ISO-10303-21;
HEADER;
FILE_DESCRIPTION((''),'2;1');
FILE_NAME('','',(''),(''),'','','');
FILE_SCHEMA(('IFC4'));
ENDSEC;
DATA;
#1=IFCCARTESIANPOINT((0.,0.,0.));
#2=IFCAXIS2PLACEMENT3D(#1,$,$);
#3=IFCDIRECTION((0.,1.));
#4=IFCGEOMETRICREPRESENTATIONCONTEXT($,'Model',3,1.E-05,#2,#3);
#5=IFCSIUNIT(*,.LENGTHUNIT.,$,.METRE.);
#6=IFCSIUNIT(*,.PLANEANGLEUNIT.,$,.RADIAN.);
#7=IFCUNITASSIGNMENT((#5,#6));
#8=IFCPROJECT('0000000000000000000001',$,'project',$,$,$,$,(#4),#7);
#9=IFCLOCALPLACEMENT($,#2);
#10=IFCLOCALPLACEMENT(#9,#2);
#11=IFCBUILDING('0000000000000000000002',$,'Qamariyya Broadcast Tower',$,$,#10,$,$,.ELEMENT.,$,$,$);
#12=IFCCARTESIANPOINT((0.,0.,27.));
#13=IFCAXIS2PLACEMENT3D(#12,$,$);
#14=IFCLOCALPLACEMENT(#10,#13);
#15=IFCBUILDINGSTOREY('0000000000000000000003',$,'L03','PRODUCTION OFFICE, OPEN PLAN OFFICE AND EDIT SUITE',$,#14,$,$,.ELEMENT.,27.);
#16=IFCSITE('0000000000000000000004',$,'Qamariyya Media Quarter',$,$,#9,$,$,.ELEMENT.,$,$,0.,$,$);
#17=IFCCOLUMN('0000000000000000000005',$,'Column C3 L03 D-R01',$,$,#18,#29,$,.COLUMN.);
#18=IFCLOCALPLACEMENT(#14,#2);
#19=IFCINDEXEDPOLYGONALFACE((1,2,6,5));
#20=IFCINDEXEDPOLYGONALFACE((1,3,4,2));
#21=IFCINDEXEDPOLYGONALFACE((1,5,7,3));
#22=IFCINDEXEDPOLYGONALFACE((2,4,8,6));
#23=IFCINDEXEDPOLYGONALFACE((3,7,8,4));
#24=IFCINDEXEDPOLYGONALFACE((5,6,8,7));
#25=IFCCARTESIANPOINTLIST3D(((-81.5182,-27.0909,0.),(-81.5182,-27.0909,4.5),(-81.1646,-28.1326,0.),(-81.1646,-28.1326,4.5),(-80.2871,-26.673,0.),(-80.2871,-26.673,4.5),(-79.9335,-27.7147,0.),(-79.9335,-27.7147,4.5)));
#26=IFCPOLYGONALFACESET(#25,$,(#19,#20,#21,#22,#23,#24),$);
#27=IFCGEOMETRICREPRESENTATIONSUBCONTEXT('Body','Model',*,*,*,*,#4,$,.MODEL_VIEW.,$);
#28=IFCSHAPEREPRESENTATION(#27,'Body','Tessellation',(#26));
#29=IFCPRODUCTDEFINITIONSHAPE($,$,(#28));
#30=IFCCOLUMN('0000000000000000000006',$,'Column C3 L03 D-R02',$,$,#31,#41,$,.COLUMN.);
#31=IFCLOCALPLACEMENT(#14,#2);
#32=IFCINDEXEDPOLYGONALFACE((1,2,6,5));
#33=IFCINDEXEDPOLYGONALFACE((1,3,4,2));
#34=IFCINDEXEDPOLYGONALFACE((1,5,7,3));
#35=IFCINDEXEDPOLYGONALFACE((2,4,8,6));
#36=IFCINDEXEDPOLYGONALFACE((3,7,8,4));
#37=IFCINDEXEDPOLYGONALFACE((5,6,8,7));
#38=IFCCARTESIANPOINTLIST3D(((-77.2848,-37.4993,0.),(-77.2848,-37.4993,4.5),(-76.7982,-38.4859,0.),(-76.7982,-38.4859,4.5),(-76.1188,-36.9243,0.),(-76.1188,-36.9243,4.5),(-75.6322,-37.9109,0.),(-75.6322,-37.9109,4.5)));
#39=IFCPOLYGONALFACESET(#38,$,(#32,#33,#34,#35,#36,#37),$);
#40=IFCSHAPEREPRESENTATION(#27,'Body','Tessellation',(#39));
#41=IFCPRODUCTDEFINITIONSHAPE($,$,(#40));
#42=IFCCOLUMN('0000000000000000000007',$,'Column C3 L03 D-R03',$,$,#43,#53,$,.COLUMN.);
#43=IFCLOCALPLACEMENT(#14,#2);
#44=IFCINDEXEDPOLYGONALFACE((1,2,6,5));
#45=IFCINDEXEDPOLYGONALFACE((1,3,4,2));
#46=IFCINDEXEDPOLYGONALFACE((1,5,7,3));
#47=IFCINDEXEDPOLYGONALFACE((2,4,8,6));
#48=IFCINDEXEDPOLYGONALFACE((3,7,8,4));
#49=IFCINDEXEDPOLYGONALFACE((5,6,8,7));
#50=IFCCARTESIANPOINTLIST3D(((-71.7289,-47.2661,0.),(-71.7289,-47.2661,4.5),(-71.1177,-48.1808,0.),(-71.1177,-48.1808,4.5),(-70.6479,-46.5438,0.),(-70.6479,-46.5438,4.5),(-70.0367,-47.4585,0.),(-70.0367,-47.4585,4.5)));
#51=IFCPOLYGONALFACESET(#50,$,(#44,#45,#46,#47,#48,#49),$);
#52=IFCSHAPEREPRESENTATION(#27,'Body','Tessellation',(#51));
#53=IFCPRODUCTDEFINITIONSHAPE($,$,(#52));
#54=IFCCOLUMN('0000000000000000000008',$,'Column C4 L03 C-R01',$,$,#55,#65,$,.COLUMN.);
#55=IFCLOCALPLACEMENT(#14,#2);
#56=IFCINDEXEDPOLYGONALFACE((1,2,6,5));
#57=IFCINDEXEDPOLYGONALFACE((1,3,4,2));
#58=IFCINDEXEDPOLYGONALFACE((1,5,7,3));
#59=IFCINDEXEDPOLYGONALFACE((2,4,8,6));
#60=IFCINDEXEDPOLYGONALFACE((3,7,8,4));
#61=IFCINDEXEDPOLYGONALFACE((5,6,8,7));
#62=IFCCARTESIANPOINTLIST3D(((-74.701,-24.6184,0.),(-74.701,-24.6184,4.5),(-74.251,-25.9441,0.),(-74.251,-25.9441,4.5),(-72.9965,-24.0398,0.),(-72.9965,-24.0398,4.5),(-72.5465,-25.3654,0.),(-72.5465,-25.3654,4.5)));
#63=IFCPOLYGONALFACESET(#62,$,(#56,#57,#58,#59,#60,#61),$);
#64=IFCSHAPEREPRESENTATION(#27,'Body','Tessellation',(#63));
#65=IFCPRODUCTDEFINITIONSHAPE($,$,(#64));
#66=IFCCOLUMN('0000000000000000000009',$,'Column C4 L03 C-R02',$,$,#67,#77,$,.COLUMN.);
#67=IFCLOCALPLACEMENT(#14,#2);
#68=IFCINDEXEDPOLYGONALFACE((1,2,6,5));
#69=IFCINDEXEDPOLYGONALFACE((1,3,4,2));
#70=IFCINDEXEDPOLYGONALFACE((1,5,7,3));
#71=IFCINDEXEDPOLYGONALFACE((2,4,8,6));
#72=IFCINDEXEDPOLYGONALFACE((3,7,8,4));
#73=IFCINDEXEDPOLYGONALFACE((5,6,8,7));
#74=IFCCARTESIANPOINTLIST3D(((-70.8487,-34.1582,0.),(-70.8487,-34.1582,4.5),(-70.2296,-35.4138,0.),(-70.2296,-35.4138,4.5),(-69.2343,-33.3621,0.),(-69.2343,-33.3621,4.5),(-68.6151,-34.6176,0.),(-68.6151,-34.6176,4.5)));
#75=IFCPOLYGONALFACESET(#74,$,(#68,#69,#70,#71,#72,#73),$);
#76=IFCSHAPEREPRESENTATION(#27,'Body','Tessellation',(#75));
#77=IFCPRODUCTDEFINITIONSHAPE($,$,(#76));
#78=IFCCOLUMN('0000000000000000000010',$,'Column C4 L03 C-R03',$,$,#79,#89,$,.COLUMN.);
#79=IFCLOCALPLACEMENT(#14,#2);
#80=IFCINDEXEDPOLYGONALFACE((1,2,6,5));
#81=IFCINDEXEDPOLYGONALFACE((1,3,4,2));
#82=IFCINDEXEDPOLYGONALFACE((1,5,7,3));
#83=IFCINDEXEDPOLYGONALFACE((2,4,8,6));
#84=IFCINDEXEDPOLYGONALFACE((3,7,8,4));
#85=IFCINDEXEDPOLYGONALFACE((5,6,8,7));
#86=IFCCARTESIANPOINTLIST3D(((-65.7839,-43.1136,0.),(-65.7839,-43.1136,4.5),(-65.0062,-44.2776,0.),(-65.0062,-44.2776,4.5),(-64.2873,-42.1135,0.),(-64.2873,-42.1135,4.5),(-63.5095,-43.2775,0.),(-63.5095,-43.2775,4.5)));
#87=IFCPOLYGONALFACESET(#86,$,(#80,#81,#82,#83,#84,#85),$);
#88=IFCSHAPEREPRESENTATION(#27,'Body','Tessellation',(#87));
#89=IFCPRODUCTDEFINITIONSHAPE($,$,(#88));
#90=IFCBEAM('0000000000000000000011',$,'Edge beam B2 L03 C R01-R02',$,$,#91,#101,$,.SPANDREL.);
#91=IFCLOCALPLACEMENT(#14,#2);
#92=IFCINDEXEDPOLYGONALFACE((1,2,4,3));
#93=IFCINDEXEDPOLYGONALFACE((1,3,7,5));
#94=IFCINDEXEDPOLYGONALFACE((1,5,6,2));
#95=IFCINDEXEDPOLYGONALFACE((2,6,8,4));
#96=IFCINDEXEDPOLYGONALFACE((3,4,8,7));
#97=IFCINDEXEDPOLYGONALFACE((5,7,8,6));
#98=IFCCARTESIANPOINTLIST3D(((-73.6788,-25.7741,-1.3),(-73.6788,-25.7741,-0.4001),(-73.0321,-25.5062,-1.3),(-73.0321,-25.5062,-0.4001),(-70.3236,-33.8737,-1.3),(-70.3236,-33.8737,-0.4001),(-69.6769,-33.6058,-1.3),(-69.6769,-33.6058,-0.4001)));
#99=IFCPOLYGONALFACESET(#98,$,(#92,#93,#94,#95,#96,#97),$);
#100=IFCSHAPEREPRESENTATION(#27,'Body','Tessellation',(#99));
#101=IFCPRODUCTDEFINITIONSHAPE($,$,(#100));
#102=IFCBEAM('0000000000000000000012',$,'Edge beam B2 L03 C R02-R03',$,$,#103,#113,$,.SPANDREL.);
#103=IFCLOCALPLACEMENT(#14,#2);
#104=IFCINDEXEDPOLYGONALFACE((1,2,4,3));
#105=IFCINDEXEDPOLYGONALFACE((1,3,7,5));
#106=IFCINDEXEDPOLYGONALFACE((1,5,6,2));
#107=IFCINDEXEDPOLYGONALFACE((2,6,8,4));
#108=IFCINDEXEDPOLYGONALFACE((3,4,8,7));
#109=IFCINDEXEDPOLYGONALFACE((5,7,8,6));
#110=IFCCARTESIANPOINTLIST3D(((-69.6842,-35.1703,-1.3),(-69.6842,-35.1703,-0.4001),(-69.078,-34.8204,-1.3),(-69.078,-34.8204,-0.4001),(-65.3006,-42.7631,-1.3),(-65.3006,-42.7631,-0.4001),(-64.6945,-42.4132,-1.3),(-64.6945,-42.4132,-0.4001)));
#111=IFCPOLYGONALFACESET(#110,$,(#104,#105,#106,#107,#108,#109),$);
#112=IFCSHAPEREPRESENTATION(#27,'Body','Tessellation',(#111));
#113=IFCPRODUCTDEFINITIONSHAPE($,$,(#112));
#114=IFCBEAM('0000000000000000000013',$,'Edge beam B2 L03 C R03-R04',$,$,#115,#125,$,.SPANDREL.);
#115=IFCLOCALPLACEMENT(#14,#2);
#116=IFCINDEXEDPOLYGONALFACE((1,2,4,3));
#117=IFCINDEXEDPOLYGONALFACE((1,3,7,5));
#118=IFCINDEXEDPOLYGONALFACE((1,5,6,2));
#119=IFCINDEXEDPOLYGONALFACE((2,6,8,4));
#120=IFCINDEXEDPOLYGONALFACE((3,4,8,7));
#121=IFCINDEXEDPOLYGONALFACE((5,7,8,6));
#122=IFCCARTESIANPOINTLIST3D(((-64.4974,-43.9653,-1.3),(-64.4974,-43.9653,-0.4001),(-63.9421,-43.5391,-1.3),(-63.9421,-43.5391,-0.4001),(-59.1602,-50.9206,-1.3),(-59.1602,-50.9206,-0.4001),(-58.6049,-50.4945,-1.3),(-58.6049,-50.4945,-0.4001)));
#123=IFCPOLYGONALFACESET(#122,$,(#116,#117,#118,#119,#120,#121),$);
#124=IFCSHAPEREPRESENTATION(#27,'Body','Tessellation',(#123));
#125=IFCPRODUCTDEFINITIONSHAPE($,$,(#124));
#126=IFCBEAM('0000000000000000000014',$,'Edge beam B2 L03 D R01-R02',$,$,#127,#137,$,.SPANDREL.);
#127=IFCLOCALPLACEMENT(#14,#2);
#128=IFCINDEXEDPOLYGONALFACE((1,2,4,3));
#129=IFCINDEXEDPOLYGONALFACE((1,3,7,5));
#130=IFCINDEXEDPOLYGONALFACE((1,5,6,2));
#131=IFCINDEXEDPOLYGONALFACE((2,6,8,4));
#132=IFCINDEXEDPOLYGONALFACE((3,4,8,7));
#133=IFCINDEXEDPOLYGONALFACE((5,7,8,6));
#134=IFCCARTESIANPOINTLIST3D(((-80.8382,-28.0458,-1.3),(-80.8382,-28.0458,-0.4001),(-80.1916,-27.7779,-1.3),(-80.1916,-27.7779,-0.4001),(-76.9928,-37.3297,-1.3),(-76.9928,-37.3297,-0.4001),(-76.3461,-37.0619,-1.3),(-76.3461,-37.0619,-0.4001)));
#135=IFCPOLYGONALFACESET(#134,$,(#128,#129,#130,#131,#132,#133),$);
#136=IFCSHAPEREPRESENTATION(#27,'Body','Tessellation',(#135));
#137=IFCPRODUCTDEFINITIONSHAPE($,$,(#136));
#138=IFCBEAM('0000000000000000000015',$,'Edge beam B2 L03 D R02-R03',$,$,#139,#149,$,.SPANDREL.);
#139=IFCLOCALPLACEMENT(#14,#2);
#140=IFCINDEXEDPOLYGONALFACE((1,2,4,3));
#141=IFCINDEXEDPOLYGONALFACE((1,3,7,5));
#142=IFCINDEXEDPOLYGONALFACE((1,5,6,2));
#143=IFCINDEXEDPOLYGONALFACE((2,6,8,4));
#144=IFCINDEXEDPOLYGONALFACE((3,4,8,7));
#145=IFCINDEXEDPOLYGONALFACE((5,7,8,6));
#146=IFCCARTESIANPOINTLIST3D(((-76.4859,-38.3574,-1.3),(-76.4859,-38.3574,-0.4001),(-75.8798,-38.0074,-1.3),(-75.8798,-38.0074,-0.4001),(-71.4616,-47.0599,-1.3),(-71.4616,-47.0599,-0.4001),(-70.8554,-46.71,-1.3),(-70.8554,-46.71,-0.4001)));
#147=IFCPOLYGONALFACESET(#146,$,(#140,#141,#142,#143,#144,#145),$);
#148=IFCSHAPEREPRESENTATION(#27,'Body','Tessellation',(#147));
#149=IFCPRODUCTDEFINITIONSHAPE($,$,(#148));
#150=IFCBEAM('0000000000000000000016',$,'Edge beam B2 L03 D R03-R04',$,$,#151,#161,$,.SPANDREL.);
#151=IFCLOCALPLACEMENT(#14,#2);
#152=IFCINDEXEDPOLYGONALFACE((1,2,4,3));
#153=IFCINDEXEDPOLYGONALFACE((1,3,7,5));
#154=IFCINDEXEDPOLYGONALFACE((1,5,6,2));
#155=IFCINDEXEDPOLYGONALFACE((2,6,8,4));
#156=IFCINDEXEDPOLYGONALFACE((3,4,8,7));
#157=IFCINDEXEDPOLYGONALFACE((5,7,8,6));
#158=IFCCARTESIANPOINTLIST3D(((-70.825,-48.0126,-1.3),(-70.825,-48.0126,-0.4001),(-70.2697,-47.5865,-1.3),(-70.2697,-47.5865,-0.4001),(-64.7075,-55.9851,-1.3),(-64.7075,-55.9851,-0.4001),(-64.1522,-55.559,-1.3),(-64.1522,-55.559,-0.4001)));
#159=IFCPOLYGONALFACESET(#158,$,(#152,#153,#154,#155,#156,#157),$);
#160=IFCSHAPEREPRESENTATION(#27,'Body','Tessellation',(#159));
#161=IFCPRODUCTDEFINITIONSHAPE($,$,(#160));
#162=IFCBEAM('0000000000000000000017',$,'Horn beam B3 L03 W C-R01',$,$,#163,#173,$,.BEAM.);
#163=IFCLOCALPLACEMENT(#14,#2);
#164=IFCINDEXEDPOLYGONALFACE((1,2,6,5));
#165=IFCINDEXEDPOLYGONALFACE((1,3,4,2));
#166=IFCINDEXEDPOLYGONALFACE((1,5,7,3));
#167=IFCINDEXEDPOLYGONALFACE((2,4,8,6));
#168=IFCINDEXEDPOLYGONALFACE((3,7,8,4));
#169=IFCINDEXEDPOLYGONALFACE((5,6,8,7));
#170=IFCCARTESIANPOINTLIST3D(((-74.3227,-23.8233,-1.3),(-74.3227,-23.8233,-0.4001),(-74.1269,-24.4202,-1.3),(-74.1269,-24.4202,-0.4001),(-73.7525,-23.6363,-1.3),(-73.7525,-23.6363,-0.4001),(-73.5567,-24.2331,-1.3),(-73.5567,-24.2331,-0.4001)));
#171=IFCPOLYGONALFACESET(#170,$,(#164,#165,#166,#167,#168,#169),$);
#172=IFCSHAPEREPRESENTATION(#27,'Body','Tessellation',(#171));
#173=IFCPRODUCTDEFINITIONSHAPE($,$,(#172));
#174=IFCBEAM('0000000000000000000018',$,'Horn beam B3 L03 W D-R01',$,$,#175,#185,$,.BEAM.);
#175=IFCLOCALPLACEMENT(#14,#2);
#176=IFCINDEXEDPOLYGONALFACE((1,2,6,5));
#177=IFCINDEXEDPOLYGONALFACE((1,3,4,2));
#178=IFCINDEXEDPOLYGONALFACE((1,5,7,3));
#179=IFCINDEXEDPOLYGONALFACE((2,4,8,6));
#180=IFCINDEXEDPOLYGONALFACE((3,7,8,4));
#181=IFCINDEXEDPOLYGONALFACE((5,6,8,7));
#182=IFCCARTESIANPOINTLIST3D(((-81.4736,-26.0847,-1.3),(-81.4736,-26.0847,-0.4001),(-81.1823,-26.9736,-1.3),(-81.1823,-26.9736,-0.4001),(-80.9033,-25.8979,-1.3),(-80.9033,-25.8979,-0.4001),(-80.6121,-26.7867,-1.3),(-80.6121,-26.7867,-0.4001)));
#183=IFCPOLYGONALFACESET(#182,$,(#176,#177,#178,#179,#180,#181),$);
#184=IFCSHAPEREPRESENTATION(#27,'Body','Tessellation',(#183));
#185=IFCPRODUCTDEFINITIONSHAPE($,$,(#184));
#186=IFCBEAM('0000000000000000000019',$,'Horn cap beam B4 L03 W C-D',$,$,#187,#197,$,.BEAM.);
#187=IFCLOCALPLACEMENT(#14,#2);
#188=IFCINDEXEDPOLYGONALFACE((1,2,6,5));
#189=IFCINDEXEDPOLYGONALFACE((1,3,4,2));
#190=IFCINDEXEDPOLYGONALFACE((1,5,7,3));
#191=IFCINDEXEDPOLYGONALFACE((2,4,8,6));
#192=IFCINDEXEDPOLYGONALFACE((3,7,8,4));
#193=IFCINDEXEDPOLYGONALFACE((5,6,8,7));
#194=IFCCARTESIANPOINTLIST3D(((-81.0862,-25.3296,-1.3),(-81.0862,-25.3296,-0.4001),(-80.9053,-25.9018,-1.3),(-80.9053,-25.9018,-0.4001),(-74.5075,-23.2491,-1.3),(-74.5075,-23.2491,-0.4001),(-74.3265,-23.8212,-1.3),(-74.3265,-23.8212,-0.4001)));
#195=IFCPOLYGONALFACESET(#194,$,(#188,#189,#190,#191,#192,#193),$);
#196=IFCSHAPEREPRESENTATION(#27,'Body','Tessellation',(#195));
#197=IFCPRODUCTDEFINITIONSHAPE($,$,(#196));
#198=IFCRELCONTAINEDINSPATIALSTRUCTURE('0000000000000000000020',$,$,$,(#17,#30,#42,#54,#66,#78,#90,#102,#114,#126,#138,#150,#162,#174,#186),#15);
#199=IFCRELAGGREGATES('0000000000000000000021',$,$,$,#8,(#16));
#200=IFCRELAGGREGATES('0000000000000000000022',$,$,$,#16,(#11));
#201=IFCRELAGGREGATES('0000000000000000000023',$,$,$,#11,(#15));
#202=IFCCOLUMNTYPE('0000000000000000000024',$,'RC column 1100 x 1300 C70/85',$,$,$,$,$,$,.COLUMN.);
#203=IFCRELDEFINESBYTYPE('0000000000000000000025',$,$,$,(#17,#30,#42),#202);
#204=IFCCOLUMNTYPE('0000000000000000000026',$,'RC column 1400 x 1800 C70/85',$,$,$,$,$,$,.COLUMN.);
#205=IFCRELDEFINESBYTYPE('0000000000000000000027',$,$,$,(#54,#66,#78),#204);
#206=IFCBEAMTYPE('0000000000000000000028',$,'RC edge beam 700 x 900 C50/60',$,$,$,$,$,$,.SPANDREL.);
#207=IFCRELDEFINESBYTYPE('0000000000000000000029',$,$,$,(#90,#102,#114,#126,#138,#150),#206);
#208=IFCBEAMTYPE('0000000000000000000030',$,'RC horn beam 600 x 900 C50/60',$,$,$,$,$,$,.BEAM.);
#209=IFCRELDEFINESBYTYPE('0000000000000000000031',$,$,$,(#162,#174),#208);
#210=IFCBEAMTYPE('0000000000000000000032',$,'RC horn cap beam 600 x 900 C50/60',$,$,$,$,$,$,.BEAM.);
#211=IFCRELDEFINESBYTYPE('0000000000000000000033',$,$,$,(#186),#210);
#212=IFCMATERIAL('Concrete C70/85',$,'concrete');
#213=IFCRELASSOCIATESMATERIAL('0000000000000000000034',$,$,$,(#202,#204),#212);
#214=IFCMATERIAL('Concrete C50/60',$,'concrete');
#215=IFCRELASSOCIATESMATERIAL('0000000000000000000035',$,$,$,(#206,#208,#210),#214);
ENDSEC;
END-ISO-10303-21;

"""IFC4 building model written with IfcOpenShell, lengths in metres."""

from ifc_helpers import new_model, si_unit, direction, frame, origin, origin_2d, place, context, subcontext, project, spatial, rectangle, extrude, material, material_profile, profile_set, type_object, element, save


model = new_model("IFC4")

# Units and contexts
model_context = context("Model", 3, precision=1e-05, world=origin(), true_north=direction((0.0, 1.0)))
body_context = subcontext(model_context, "Body", "Model", "MODEL_VIEW")
ifc_project = project(units=[si_unit("LENGTHUNIT", "METRE"), si_unit("PLANEANGLEUNIT", "RADIAN")], contexts=[model_context])

# Site, building, storey
site_placement = place(None, origin())
site = spatial("IfcSite", under=ifc_project, at=site_placement, Name="Qamariyya Media Quarter", CompositionType="ELEMENT", RefElevation=0.0)
building_placement = place(site_placement, origin())
building = spatial("IfcBuilding", under=site, at=building_placement, Name="Qamariyya Broadcast Tower", CompositionType="ELEMENT")
storey_placement = place(building_placement, frame((0.0, 0.0, 27.0)))
storey = spatial("IfcBuildingStorey", under=building, at=storey_placement, Name="L03", Description="PRODUCTION OFFICE, OPEN PLAN OFFICE AND EDIT SUITE", CompositionType="ELEMENT", Elevation=27.0)

# Columns
ifc_material_1 = material(Name="Concrete C70/85", Category="concrete")
ifc_material_profile_1 = material_profile(ifc_material_1, rectangle(XDim=1.1001, YDim=1.3, at=origin_2d()))
ifc_profile_set_1 = profile_set([ifc_material_profile_1], Name="Concrete C70/85")
column_type_1 = type_object("IfcColumnType", Name="RC column 1100 x 1300 C70/85", PredefinedType="COLUMN", material=ifc_profile_set_1)
for number, where, z_axis, x_axis, name in (
    (1, (-80.7258, -27.4028, 0.0), (0.0, 0.0, 1.0), (0.321439, -0.94693, 0.0), "Column C3 L03 D-R01"),
    (2, (-76.4585, -37.7051, 0.0), (0.0, 0.0, 1.0), (0.442289, -0.896873, 0.0), "Column C3 L03 D-R02"),
    (3, (-70.8828, -47.3623, 0.0), (0.0, 0.0, 1.0), (0.55557, -0.83147, 0.0), "Column C3 L03 D-R03"),
):
    element("IfcColumn", number, at=place(storey_placement, frame(where, z_axis=z_axis, x_axis=x_axis)), inside=storey, type_object=column_type_1, Name=name, PredefinedType="COLUMN", context=body_context, shape_type="SweptSolid", body=[
        extrude(rectangle(XDim=1.1001, YDim=1.3, at=origin_2d()), origin(), (0.0, 0.0, 1.0), 4.5),
    ])
ifc_material_profile_2 = material_profile(ifc_material_1, rectangle(XDim=1.3999, YDim=1.8, at=origin_2d()))
ifc_profile_set_2 = profile_set([ifc_material_profile_2], Name="Concrete C70/85")
column_type_2 = type_object("IfcColumnType", Name="RC column 1400 x 1800 C70/85", PredefinedType="COLUMN", material=ifc_profile_set_2)
for number, where, z_axis, x_axis, name in (
    (4, (-73.6238, -24.9919, 0.0), (0.0, 0.0, 1.0), (0.321439, -0.94693, 0.0), "Column C4 L03 C-R01"),
    (5, (-69.7319, -34.3879, 0.0), (0.0, 0.0, 1.0), (0.442289, -0.896873, 0.0), "Column C4 L03 C-R02"),
    (6, (-64.6467, -43.1956, 0.0), (0.0, 0.0, 1.0), (0.55557, -0.83147, 0.0), "Column C4 L03 C-R03"),
):
    element("IfcColumn", number, at=place(storey_placement, frame(where, z_axis=z_axis, x_axis=x_axis)), inside=storey, type_object=column_type_2, Name=name, PredefinedType="COLUMN", context=body_context, shape_type="SweptSolid", body=[
        extrude(rectangle(XDim=1.3999, YDim=1.8, at=origin_2d()), origin(), (0.0, 0.0, 1.0), 4.5),
    ])

# Beams
ifc_material_2 = material(Name="Concrete C50/60", Category="concrete")
ifc_material_profile_3 = material_profile(ifc_material_2, rectangle(XDim=0.7, YDim=0.8999, at=origin_2d()))
ifc_profile_set_3 = profile_set([ifc_material_profile_3], Name="Concrete C50/60")
beam_type_1 = type_object("IfcBeamType", Name="RC edge beam 700 x 900 C50/60", PredefinedType="SPANDREL", material=ifc_profile_set_3)
beam_1_placement = place(storey_placement, frame((-73.3555, -25.6401, -0.8501), z_axis=(0.382708, -0.923869, 0.0), x_axis=(0.923869, 0.382708, 0.0)))
element("IfcBeam", 7, at=beam_1_placement, inside=storey, type_object=beam_type_1, Name="Edge beam B2 L03 C R01-R02", PredefinedType="SPANDREL", context=body_context, shape_type="SweptSolid", body=[
    extrude(rectangle(XDim=0.7, YDim=0.8999, at=origin_2d()), origin(), (0.0, 0.0, 1.0), 8.7671),
])
beam_2_placement = place(storey_placement, frame((-69.3811, -34.9954, -0.8501), z_axis=(0.499988, -0.866033, 0.0), x_axis=(0.866033, 0.499988, 0.0)))
element("IfcBeam", 8, at=beam_2_placement, inside=storey, type_object=beam_type_1, Name="Edge beam B2 L03 C R02-R03", PredefinedType="SPANDREL", context=body_context, shape_type="SweptSolid", body=[
    extrude(rectangle(XDim=0.7, YDim=0.8999, at=origin_2d()), origin(), (0.0, 0.0, 1.0), 8.7673),
])
beam_3_placement = place(storey_placement, frame((-64.2197, -43.7522, -0.8501), z_axis=(0.608772, -0.793345, 0.0), x_axis=(0.793345, 0.608772, 0.0)))
element("IfcBeam", 9, at=beam_3_placement, inside=storey, type_object=beam_type_1, Name="Edge beam B2 L03 C R03-R04", PredefinedType="SPANDREL", context=body_context, shape_type="SweptSolid", body=[
    extrude(rectangle(XDim=0.7, YDim=0.8999, at=origin_2d()), origin(), (0.0, 0.0, 1.0), 8.7671),
])
for number, where, z_axis, x_axis, name in (
    (10, (-80.5149, -27.9119, -0.8501), (0.382677, -0.923882, 0.0), (0.923882, 0.382677, 0.0), "Edge beam B2 L03 D R01-R02"),
    (11, (-76.1829, -38.1824, -0.8501), (0.499996, -0.866028, 0.0), (0.866028, 0.499996, 0.0), "Edge beam B2 L03 D R02-R03"),
):
    element("IfcBeam", number, at=place(storey_placement, frame(where, z_axis=z_axis, x_axis=x_axis)), inside=storey, type_object=beam_type_1, Name=name, PredefinedType="SPANDREL", context=body_context, shape_type="SweptSolid", body=[
        extrude(rectangle(XDim=0.7, YDim=0.8999, at=origin_2d()), origin(), (0.0, 0.0, 1.0), 10.0488),
    ])
beam_4_placement = place(storey_placement, frame((-70.5474, -47.7996, -0.8501), z_axis=(0.60876, -0.793354, 0.0), x_axis=(0.793354, 0.60876, 0.0)))
element("IfcBeam", 12, at=beam_4_placement, inside=storey, type_object=beam_type_1, Name="Edge beam B2 L03 D R03-R04", PredefinedType="SPANDREL", context=body_context, shape_type="SweptSolid", body=[
    extrude(rectangle(XDim=0.7, YDim=0.8999, at=origin_2d()), origin(), (0.0, 0.0, 1.0), 10.0491),
])
ifc_material_profile_4 = material_profile(ifc_material_2, rectangle(XDim=0.6001, YDim=0.8999, at=origin_2d()))
ifc_profile_set_4 = profile_set([ifc_material_profile_4], Name="Concrete C50/60")
beam_type_2 = type_object("IfcBeamType", Name="RC horn beam 600 x 900 C50/60", PredefinedType="BEAM", material=ifc_profile_set_4)
beam_5_placement = place(storey_placement, frame((-73.8418, -24.3267, -0.8501), z_axis=(-0.311677, 0.950188, 0.0), x_axis=(-0.950188, -0.311677, 0.0)))
element("IfcBeam", 13, at=beam_5_placement, inside=storey, type_object=beam_type_2, Name="Horn beam B3 L03 W C-R01", PredefinedType="BEAM", context=body_context, shape_type="SweptSolid", body=[
    extrude(rectangle(XDim=0.6001, YDim=0.8999, at=origin_2d()), origin(), (0.0, 0.0, 1.0), 0.6282),
])
beam_6_placement = place(storey_placement, frame((-80.8972, -26.8801, -0.8501), z_axis=(-0.311369, 0.950289, 0.0), x_axis=(-0.950289, -0.311369, 0.0)))
element("IfcBeam", 14, at=beam_6_placement, inside=storey, type_object=beam_type_2, Name="Horn beam B3 L03 W D-R01", PredefinedType="BEAM", context=body_context, shape_type="SweptSolid", body=[
    extrude(rectangle(XDim=0.6001, YDim=0.8999, at=origin_2d()), origin(), (0.0, 0.0, 1.0), 0.9353),
])
ifc_material_profile_5 = material_profile(ifc_material_2, rectangle(XDim=0.6001, YDim=0.8999, at=origin_2d()))
ifc_profile_set_5 = profile_set([ifc_material_profile_5], Name="Concrete C50/60")
beam_type_3 = type_object("IfcBeamType", Name="RC horn cap beam 600 x 900 C50/60", PredefinedType="BEAM", material=ifc_profile_set_5)
beam_7_placement = place(storey_placement, frame((-74.417, -23.5352, -0.8501), z_axis=(-0.953456, -0.301531, 0.0), x_axis=(0.301531, -0.953456, 0.0)))
element("IfcBeam", 15, at=beam_7_placement, inside=storey, type_object=beam_type_3, Name="Horn cap beam B4 L03 W C-D", PredefinedType="BEAM", context=body_context, shape_type="SweptSolid", body=[
    extrude(rectangle(XDim=0.6001, YDim=0.8999, at=origin_2d()), origin(), (0.0, 0.0, 1.0), 6.8999),
])

save(model, "model.ifc")
